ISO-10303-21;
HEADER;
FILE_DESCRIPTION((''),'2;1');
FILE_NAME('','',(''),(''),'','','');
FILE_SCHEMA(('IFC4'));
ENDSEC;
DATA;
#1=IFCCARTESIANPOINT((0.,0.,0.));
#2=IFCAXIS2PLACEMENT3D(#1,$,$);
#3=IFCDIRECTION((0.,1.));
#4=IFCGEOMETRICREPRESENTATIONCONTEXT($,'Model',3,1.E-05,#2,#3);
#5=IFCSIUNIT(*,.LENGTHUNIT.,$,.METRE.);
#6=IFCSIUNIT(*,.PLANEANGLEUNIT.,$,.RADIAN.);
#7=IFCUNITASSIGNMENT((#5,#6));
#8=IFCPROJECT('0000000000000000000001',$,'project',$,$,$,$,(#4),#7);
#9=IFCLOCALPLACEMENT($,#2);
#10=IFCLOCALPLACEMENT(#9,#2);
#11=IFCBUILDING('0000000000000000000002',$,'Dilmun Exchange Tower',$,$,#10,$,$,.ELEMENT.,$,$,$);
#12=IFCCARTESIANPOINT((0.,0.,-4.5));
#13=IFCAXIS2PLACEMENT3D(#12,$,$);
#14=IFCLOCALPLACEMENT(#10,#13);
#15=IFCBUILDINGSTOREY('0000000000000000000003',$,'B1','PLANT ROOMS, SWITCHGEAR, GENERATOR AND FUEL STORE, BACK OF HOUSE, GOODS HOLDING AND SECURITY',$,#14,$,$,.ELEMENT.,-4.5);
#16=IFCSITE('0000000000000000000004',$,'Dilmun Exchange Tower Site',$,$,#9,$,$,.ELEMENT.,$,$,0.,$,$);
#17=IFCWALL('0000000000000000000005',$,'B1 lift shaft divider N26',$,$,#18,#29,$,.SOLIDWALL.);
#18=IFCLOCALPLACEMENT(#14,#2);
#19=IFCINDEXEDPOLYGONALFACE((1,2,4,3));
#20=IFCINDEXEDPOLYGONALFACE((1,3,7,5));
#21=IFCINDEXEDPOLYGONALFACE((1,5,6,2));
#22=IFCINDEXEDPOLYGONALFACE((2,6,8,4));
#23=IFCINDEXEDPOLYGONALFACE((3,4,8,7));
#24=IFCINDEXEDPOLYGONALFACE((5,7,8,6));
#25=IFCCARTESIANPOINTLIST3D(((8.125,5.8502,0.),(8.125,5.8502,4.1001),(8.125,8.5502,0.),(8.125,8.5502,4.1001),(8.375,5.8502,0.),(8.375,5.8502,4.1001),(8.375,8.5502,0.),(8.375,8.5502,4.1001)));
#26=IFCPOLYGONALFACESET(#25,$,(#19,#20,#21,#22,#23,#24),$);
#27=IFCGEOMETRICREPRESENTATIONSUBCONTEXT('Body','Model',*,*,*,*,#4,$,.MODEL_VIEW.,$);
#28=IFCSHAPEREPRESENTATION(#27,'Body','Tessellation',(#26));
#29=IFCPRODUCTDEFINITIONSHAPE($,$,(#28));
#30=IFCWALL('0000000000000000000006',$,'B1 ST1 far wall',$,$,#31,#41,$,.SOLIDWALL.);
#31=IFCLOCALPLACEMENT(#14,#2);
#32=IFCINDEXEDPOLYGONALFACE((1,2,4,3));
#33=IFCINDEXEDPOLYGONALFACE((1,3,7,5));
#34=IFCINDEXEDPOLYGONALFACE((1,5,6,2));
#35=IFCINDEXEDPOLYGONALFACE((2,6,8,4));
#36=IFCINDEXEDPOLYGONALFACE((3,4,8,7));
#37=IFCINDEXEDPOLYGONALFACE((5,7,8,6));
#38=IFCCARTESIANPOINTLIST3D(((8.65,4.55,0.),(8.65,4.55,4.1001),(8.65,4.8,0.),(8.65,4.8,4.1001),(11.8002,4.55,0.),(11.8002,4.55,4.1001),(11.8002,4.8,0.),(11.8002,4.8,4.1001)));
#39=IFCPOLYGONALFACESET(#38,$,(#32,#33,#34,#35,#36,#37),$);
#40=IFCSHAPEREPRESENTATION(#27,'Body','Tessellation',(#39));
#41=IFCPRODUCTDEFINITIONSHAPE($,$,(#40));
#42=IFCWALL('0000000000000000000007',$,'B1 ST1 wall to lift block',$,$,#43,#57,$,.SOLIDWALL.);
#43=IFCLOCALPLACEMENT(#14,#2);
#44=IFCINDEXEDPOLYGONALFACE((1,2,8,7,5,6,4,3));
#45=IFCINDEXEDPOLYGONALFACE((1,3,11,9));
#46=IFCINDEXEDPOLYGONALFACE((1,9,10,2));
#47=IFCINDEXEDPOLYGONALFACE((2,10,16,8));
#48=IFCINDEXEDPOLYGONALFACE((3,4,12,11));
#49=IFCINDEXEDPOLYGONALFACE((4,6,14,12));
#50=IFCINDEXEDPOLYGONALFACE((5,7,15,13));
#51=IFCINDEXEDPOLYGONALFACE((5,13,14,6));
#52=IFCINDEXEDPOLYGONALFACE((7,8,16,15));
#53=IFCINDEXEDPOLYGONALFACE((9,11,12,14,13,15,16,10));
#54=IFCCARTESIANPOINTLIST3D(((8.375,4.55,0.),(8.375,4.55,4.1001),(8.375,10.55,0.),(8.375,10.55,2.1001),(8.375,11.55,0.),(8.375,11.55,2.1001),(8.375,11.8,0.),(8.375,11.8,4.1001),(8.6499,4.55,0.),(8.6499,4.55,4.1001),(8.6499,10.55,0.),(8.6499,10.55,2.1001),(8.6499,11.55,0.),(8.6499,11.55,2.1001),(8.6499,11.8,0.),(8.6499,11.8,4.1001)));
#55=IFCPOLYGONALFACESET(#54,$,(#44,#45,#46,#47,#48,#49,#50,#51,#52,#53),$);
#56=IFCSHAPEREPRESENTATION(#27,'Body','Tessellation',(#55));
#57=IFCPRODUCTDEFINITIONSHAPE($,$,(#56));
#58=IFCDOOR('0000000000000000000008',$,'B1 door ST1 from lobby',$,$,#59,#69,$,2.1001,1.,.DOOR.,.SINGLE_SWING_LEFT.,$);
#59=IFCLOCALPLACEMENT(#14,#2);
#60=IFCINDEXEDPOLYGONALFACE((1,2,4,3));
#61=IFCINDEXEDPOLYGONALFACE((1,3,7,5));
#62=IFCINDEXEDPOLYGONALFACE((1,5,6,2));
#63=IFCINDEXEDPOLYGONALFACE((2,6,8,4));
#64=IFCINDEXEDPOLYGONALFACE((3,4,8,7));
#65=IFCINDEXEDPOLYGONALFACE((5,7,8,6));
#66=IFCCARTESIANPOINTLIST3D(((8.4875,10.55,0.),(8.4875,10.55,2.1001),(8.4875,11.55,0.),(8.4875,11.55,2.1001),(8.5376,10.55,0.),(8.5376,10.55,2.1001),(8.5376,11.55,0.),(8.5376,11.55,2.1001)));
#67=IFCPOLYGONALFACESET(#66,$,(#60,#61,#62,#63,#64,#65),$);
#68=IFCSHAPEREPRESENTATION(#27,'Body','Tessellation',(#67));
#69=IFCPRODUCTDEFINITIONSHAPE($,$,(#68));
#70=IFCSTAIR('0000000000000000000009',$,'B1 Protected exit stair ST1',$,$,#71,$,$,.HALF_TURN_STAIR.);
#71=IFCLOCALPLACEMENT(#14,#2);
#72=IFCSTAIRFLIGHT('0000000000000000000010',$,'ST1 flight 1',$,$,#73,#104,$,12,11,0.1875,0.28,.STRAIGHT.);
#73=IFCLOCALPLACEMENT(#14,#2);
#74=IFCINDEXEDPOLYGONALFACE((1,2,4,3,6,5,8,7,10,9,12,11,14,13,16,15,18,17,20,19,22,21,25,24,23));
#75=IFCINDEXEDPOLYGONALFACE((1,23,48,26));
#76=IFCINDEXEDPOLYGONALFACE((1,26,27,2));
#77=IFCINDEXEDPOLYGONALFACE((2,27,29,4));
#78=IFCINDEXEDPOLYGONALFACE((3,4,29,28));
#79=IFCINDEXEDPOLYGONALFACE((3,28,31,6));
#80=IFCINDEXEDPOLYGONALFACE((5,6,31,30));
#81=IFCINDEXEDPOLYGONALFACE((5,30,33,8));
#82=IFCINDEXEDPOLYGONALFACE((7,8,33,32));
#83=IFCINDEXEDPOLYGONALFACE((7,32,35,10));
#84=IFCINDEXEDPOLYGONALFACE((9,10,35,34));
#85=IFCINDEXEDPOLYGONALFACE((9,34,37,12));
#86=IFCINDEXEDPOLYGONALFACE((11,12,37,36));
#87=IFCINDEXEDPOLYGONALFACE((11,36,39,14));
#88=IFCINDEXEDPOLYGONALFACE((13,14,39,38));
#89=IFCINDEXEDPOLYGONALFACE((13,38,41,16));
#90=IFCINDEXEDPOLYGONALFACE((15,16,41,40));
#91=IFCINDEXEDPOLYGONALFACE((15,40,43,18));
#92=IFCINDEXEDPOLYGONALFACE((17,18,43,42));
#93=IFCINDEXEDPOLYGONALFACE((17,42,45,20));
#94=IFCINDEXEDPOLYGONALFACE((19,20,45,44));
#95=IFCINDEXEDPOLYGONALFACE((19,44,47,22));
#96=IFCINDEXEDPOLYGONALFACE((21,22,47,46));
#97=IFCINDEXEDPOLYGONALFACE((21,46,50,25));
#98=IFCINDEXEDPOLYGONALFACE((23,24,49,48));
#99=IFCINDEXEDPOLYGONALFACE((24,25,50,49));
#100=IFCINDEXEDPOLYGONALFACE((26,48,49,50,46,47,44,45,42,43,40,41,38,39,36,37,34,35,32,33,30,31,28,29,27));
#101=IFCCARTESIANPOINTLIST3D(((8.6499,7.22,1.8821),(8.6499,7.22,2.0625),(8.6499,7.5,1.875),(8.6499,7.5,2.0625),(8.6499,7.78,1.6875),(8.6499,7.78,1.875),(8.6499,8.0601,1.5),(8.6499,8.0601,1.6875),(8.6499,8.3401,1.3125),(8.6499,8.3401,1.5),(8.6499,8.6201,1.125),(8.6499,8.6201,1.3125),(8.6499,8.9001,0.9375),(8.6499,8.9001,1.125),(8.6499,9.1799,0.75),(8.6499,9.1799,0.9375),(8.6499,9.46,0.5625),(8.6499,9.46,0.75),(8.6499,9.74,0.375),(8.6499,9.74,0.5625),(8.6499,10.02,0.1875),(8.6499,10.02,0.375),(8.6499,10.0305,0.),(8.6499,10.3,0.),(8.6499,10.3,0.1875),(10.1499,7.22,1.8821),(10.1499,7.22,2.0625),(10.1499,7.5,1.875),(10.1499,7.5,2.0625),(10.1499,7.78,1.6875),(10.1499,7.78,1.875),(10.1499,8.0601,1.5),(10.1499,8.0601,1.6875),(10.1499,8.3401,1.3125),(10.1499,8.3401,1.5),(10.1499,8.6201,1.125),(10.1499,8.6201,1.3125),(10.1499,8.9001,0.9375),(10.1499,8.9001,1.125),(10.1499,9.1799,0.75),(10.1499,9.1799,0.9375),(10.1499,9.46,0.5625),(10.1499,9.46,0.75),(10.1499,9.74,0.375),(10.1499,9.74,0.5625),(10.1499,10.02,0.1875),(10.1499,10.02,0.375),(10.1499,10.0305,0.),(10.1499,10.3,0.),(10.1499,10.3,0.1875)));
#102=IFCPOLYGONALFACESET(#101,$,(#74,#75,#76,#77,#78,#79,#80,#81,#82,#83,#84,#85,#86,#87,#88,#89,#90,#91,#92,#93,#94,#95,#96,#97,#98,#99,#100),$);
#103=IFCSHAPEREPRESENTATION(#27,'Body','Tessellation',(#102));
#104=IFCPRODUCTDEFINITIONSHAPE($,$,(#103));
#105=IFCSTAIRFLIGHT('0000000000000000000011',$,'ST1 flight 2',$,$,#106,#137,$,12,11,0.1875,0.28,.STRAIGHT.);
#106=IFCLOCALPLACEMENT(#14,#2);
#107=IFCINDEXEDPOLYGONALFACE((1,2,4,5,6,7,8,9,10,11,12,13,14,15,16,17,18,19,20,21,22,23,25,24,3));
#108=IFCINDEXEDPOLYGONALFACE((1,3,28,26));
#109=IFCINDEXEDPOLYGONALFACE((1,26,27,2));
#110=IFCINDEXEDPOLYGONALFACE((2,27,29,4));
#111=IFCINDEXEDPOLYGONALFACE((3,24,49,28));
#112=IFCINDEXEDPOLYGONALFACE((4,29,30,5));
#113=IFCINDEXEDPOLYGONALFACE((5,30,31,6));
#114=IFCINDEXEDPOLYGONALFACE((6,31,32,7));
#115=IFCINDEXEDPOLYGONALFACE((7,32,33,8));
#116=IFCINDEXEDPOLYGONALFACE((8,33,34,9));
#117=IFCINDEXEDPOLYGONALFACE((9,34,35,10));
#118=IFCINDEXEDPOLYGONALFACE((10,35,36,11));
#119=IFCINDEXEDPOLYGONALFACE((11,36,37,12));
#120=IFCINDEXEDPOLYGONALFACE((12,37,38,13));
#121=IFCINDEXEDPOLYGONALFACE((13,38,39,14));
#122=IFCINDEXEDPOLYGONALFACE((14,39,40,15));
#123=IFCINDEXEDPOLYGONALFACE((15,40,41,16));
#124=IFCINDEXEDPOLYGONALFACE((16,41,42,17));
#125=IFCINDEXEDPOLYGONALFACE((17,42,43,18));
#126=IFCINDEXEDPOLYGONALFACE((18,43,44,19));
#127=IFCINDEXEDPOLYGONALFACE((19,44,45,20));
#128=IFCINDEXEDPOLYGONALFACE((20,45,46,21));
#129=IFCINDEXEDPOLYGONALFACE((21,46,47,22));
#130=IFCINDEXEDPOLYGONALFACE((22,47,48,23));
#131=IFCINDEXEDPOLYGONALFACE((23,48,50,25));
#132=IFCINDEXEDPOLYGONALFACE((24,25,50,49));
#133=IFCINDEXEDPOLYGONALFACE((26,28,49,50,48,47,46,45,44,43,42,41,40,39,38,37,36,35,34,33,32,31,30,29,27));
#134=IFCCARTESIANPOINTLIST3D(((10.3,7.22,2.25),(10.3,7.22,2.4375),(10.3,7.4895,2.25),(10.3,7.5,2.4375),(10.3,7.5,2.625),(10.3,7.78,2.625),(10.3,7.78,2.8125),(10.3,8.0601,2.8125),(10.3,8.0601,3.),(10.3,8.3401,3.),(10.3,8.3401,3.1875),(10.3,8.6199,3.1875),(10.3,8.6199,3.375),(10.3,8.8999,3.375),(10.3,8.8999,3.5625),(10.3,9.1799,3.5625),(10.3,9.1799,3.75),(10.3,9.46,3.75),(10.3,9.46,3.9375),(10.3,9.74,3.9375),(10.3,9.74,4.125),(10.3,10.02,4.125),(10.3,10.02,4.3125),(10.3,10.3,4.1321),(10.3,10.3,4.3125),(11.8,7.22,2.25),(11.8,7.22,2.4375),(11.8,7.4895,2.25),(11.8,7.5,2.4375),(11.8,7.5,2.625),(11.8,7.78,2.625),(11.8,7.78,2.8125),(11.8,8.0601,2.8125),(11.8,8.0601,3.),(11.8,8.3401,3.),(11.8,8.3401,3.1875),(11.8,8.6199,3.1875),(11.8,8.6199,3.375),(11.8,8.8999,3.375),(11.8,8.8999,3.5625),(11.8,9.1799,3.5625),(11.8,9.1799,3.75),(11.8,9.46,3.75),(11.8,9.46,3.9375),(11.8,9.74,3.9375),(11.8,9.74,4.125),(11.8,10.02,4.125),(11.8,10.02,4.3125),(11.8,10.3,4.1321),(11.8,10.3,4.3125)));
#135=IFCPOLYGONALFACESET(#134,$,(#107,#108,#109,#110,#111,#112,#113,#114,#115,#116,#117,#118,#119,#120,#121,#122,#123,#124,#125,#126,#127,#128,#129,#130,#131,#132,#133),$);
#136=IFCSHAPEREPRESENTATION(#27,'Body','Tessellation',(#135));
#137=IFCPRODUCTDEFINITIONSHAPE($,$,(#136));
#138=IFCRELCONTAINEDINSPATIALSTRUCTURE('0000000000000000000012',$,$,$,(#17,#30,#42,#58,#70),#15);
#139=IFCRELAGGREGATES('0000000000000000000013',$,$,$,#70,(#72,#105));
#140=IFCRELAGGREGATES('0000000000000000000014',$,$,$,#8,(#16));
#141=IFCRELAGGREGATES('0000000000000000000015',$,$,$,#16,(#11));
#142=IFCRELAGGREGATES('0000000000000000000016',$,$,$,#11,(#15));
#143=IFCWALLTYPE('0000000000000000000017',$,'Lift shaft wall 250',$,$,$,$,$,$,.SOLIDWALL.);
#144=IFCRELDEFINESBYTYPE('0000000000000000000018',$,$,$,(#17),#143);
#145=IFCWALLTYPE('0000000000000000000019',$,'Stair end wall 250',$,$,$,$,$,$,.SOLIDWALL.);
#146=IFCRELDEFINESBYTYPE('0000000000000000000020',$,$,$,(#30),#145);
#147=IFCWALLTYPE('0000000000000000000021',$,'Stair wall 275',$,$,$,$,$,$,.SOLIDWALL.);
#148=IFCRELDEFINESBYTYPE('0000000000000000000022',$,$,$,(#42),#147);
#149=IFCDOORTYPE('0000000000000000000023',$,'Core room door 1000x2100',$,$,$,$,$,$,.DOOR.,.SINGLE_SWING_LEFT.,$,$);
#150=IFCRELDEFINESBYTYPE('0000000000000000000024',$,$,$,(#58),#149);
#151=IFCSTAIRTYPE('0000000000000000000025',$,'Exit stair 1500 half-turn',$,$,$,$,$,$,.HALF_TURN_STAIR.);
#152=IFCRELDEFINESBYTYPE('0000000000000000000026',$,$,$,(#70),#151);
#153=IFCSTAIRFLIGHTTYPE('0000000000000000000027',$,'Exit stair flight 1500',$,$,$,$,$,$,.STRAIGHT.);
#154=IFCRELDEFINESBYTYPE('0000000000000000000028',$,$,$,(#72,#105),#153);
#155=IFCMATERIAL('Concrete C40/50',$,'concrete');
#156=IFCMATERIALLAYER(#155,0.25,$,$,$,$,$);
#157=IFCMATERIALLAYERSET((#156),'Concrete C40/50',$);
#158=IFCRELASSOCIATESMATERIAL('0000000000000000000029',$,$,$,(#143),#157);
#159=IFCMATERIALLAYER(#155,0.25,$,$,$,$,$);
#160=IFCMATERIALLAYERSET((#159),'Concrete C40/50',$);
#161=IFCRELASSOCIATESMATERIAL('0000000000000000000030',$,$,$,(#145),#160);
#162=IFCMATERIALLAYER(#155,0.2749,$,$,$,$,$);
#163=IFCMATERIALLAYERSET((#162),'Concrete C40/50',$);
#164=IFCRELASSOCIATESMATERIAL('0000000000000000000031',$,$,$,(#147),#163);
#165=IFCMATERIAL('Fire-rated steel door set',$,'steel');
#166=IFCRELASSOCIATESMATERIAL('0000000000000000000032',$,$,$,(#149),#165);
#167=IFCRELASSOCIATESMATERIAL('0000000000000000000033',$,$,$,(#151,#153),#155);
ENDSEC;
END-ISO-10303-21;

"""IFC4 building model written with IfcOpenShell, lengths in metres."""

from ifc_helpers import new_model, si_unit, direction, frame, frame_2d, origin, place, context, subcontext, project, spatial, polyline, rectangle, outline, extrude, material, layer, layer_set, type_object, element, fill, aggregate, save


model = new_model("IFC4")

# Units and contexts
model_context = context("Model", 3, precision=1e-05, world=origin(), true_north=direction((0.0, 1.0)))
body_context = subcontext(model_context, "Body", "Model", "MODEL_VIEW")
ifc_project = project(units=[si_unit("LENGTHUNIT", "METRE"), si_unit("PLANEANGLEUNIT", "RADIAN")], contexts=[model_context])

# Site, building, storey
site_placement = place(None, origin())
site = spatial("IfcSite", under=ifc_project, at=site_placement, Name="Dilmun Exchange Tower Site", CompositionType="ELEMENT", RefElevation=0.0)
building_placement = place(site_placement, origin())
building = spatial("IfcBuilding", under=site, at=building_placement, Name="Dilmun Exchange Tower", CompositionType="ELEMENT")
storey_placement = place(building_placement, frame((0.0, 0.0, -4.5)))
storey = spatial("IfcBuildingStorey", under=building, at=storey_placement, Name="B1", Description="PLANT ROOMS, SWITCHGEAR, GENERATOR AND FUEL STORE, BACK OF HOUSE, GOODS HOLDING AND SECURITY", CompositionType="ELEMENT", Elevation=-4.5)

# Shared definitions
ifc_material_1 = material(Name="Concrete C40/50", Category="concrete")
ifc_material_2 = material(Name="Fire-rated steel door set", Category="steel")

# Walls
ifc_layer_1 = layer(ifc_material_1, 0.25)
ifc_layer_set_1 = layer_set([ifc_layer_1], Name="Concrete C40/50")
wall_type_1 = type_object("IfcWallType", Name="Lift shaft wall 250", PredefinedType="SOLIDWALL", material=ifc_layer_set_1)
for number, where, z_axis, x_axis, name in (
    (1, (8.25, 5.8501, 0.0), (0.0, 0.0, 1.0), (0.0, 1.0, 0.0), "B1 lift shaft divider N26"),
):
    element("IfcWall", number, at=place(storey_placement, frame(where, z_axis=z_axis, x_axis=x_axis)), inside=storey, type_object=wall_type_1, Name=name, PredefinedType="SOLIDWALL", context=body_context, shape_type="SweptSolid", body=[
        extrude(rectangle(XDim=2.7, YDim=0.25, at=frame_2d((1.3501, 0.0))), origin(), (0.0, 0.0, 1.0), 4.1001),
    ])
ifc_layer_2 = layer(ifc_material_1, 0.25)
ifc_layer_set_2 = layer_set([ifc_layer_2], Name="Concrete C40/50")
wall_type_2 = type_object("IfcWallType", Name="Stair end wall 250", PredefinedType="SOLIDWALL", material=ifc_layer_set_2)
wall_1_placement = place(storey_placement, frame((8.6499, 4.675, 0.0), z_axis=(0.0, 0.0, 1.0), x_axis=(1.0, 0.0, 0.0)))
element("IfcWall", 2, at=wall_1_placement, inside=storey, type_object=wall_type_2, Name="B1 ST1 far wall", PredefinedType="SOLIDWALL", context=body_context, shape_type="SweptSolid", body=[
    extrude(rectangle(XDim=3.1501, YDim=0.25, at=frame_2d((1.5752, 0.0))), origin(), (0.0, 0.0, 1.0), 4.1001),
])

# Wall, opening, door
ifc_layer_3 = layer(ifc_material_1, 0.2749)
ifc_layer_set_3 = layer_set([ifc_layer_3], Name="Concrete C40/50")
wall_type_3 = type_object("IfcWallType", Name="Stair wall 275", PredefinedType="SOLIDWALL", material=ifc_layer_set_3)
wall_2_placement = place(storey_placement, frame((8.5125, 4.55, 0.0), z_axis=(0.0, 0.0, 1.0), x_axis=(0.0, 1.0, 0.0)))
wall_2 = element("IfcWall", 3, at=wall_2_placement, inside=storey, type_object=wall_type_3, Name="B1 ST1 wall to lift block", PredefinedType="SOLIDWALL", context=body_context, shape_type="SweptSolid", body=[
    extrude(rectangle(XDim=7.25, YDim=0.2749, at=frame_2d((3.625, 0.0))), origin(), (0.0, 0.0, 1.0), 4.1001),
])
opening_1_placement = place(wall_2_placement, frame((6.0, 0.0, 0.0)))
opening_1 = element("IfcOpeningElement", 4, at=opening_1_placement, cuts=wall_2, PredefinedType="OPENING", context=body_context, shape_type="SweptSolid", body=[
    extrude(rectangle(XDim=1.0, YDim=2.1001, at=frame_2d((0.5, 1.05))), frame((0.0, 0.1475, 0.0), z_axis=(0.0, -1.0, 0.0), x_axis=(1.0, 0.0, 0.0)), (0.0, 0.0, 1.0), 0.2949),
])
door_type_1 = type_object("IfcDoorType", Name="Core room door 1000x2100", OperationType="SINGLE_SWING_LEFT", PredefinedType="DOOR", material=ifc_material_2)
door_1_placement = place(opening_1_placement, origin())
door_1 = element("IfcDoor", 5, at=door_1_placement, inside=storey, type_object=door_type_1, Name="B1 door ST1 from lobby", OperationType="SINGLE_SWING_LEFT", OverallHeight=2.1001, OverallWidth=1.0, PredefinedType="DOOR", context=body_context, shape_type="SweptSolid", body=[
    extrude(rectangle(XDim=1.0, YDim=2.1001, at=frame_2d((0.5, 1.05))), frame((0.0, 0.0249, 0.0), z_axis=(0.0, -1.0, 0.0), x_axis=(1.0, 0.0, 0.0)), (0.0, 0.0, 1.0), 0.05),
])
fill(opening_1, door_1)

# Stair, stair flights
stair_type = type_object("IfcStairType", Name="Exit stair 1500 half-turn", PredefinedType="HALF_TURN_STAIR", material=ifc_material_1)
stair_placement = place(storey_placement, origin())
stair = element("IfcStair", 6, at=stair_placement, inside=storey, type_object=stair_type, Name="B1 Protected exit stair ST1", PredefinedType="HALF_TURN_STAIR")
stair_flight_type = type_object("IfcStairFlightType", Name="Exit stair flight 1500", PredefinedType="STRAIGHT", material=ifc_material_1)
stair_flight_1_placement = place(storey_placement, frame((9.3999, 10.3, 0.0), z_axis=(0.0, 0.0, 1.0), x_axis=(0.0, -1.0, 0.0)))
stair_flight_1 = element("IfcStairFlight", 7, at=stair_flight_1_placement, type_object=stair_flight_type, Name="ST1 flight 1", NumberOfRisers=12, NumberOfTreads=11, PredefinedType="STRAIGHT", RiserHeight=0.1875, TreadLength=0.28, context=body_context, shape_type="SweptSolid", body=[
    extrude(outline(polyline([(0.0, 0.0), (0.0, 0.1875), (0.28, 0.1875), (0.28, 0.375), (0.5601, 0.375), (0.5601, 0.5625), (0.8401, 0.5625), (0.8401, 0.75), (1.1201, 0.75), (1.1201, 0.9375), (1.3999, 0.9375), (1.3999, 1.125), (1.6799, 1.125), (1.6799, 1.3125), (1.96, 1.3125), (1.96, 1.5), (2.24, 1.5), (2.24, 1.6875), (2.52, 1.6875), (2.52, 1.875), (2.8, 1.875), (2.8, 2.0625), (3.0801, 2.0625), (3.0801, 2.25), (3.0801, 1.8821), (0.2695, 0.0), (0.0, 0.0)])), frame((0.0, 0.75, 0.0), z_axis=(0.0, -1.0, 0.0), x_axis=(1.0, 0.0, 0.0)), (0.0, 0.0, 1.0), 1.5),
])
stair_flight_2_placement = place(storey_placement, frame((11.05, 7.22, 2.25), z_axis=(0.0, 0.0, 1.0), x_axis=(0.0, 1.0, 0.0)))
stair_flight_2 = element("IfcStairFlight", 8, at=stair_flight_2_placement, type_object=stair_flight_type, Name="ST1 flight 2", NumberOfRisers=12, NumberOfTreads=11, PredefinedType="STRAIGHT", RiserHeight=0.1875, TreadLength=0.28, context=body_context, shape_type="SweptSolid", body=[
    extrude(outline(polyline([(0.0, 0.0), (0.0, 0.1875), (0.28, 0.1875), (0.28, 0.375), (0.5601, 0.375), (0.5601, 0.5625), (0.8401, 0.5625), (0.8401, 0.75), (1.1201, 0.75), (1.1201, 0.9375), (1.3999, 0.9375), (1.3999, 1.125), (1.6799, 1.125), (1.6799, 1.3125), (1.96, 1.3125), (1.96, 1.5), (2.24, 1.5), (2.24, 1.6875), (2.52, 1.6875), (2.52, 1.875), (2.8, 1.875), (2.8, 2.0625), (3.0801, 2.0625), (3.0801, 2.25), (3.0801, 1.8821), (0.2695, 0.0), (0.0, 0.0)])), frame((0.0, 0.75, 0.0), z_axis=(0.0, -1.0, 0.0), x_axis=(1.0, 0.0, 0.0)), (0.0, 0.0, 1.0), 1.5),
])
aggregate(stair, [stair_flight_1, stair_flight_2])

save(model, "model.ifc")
